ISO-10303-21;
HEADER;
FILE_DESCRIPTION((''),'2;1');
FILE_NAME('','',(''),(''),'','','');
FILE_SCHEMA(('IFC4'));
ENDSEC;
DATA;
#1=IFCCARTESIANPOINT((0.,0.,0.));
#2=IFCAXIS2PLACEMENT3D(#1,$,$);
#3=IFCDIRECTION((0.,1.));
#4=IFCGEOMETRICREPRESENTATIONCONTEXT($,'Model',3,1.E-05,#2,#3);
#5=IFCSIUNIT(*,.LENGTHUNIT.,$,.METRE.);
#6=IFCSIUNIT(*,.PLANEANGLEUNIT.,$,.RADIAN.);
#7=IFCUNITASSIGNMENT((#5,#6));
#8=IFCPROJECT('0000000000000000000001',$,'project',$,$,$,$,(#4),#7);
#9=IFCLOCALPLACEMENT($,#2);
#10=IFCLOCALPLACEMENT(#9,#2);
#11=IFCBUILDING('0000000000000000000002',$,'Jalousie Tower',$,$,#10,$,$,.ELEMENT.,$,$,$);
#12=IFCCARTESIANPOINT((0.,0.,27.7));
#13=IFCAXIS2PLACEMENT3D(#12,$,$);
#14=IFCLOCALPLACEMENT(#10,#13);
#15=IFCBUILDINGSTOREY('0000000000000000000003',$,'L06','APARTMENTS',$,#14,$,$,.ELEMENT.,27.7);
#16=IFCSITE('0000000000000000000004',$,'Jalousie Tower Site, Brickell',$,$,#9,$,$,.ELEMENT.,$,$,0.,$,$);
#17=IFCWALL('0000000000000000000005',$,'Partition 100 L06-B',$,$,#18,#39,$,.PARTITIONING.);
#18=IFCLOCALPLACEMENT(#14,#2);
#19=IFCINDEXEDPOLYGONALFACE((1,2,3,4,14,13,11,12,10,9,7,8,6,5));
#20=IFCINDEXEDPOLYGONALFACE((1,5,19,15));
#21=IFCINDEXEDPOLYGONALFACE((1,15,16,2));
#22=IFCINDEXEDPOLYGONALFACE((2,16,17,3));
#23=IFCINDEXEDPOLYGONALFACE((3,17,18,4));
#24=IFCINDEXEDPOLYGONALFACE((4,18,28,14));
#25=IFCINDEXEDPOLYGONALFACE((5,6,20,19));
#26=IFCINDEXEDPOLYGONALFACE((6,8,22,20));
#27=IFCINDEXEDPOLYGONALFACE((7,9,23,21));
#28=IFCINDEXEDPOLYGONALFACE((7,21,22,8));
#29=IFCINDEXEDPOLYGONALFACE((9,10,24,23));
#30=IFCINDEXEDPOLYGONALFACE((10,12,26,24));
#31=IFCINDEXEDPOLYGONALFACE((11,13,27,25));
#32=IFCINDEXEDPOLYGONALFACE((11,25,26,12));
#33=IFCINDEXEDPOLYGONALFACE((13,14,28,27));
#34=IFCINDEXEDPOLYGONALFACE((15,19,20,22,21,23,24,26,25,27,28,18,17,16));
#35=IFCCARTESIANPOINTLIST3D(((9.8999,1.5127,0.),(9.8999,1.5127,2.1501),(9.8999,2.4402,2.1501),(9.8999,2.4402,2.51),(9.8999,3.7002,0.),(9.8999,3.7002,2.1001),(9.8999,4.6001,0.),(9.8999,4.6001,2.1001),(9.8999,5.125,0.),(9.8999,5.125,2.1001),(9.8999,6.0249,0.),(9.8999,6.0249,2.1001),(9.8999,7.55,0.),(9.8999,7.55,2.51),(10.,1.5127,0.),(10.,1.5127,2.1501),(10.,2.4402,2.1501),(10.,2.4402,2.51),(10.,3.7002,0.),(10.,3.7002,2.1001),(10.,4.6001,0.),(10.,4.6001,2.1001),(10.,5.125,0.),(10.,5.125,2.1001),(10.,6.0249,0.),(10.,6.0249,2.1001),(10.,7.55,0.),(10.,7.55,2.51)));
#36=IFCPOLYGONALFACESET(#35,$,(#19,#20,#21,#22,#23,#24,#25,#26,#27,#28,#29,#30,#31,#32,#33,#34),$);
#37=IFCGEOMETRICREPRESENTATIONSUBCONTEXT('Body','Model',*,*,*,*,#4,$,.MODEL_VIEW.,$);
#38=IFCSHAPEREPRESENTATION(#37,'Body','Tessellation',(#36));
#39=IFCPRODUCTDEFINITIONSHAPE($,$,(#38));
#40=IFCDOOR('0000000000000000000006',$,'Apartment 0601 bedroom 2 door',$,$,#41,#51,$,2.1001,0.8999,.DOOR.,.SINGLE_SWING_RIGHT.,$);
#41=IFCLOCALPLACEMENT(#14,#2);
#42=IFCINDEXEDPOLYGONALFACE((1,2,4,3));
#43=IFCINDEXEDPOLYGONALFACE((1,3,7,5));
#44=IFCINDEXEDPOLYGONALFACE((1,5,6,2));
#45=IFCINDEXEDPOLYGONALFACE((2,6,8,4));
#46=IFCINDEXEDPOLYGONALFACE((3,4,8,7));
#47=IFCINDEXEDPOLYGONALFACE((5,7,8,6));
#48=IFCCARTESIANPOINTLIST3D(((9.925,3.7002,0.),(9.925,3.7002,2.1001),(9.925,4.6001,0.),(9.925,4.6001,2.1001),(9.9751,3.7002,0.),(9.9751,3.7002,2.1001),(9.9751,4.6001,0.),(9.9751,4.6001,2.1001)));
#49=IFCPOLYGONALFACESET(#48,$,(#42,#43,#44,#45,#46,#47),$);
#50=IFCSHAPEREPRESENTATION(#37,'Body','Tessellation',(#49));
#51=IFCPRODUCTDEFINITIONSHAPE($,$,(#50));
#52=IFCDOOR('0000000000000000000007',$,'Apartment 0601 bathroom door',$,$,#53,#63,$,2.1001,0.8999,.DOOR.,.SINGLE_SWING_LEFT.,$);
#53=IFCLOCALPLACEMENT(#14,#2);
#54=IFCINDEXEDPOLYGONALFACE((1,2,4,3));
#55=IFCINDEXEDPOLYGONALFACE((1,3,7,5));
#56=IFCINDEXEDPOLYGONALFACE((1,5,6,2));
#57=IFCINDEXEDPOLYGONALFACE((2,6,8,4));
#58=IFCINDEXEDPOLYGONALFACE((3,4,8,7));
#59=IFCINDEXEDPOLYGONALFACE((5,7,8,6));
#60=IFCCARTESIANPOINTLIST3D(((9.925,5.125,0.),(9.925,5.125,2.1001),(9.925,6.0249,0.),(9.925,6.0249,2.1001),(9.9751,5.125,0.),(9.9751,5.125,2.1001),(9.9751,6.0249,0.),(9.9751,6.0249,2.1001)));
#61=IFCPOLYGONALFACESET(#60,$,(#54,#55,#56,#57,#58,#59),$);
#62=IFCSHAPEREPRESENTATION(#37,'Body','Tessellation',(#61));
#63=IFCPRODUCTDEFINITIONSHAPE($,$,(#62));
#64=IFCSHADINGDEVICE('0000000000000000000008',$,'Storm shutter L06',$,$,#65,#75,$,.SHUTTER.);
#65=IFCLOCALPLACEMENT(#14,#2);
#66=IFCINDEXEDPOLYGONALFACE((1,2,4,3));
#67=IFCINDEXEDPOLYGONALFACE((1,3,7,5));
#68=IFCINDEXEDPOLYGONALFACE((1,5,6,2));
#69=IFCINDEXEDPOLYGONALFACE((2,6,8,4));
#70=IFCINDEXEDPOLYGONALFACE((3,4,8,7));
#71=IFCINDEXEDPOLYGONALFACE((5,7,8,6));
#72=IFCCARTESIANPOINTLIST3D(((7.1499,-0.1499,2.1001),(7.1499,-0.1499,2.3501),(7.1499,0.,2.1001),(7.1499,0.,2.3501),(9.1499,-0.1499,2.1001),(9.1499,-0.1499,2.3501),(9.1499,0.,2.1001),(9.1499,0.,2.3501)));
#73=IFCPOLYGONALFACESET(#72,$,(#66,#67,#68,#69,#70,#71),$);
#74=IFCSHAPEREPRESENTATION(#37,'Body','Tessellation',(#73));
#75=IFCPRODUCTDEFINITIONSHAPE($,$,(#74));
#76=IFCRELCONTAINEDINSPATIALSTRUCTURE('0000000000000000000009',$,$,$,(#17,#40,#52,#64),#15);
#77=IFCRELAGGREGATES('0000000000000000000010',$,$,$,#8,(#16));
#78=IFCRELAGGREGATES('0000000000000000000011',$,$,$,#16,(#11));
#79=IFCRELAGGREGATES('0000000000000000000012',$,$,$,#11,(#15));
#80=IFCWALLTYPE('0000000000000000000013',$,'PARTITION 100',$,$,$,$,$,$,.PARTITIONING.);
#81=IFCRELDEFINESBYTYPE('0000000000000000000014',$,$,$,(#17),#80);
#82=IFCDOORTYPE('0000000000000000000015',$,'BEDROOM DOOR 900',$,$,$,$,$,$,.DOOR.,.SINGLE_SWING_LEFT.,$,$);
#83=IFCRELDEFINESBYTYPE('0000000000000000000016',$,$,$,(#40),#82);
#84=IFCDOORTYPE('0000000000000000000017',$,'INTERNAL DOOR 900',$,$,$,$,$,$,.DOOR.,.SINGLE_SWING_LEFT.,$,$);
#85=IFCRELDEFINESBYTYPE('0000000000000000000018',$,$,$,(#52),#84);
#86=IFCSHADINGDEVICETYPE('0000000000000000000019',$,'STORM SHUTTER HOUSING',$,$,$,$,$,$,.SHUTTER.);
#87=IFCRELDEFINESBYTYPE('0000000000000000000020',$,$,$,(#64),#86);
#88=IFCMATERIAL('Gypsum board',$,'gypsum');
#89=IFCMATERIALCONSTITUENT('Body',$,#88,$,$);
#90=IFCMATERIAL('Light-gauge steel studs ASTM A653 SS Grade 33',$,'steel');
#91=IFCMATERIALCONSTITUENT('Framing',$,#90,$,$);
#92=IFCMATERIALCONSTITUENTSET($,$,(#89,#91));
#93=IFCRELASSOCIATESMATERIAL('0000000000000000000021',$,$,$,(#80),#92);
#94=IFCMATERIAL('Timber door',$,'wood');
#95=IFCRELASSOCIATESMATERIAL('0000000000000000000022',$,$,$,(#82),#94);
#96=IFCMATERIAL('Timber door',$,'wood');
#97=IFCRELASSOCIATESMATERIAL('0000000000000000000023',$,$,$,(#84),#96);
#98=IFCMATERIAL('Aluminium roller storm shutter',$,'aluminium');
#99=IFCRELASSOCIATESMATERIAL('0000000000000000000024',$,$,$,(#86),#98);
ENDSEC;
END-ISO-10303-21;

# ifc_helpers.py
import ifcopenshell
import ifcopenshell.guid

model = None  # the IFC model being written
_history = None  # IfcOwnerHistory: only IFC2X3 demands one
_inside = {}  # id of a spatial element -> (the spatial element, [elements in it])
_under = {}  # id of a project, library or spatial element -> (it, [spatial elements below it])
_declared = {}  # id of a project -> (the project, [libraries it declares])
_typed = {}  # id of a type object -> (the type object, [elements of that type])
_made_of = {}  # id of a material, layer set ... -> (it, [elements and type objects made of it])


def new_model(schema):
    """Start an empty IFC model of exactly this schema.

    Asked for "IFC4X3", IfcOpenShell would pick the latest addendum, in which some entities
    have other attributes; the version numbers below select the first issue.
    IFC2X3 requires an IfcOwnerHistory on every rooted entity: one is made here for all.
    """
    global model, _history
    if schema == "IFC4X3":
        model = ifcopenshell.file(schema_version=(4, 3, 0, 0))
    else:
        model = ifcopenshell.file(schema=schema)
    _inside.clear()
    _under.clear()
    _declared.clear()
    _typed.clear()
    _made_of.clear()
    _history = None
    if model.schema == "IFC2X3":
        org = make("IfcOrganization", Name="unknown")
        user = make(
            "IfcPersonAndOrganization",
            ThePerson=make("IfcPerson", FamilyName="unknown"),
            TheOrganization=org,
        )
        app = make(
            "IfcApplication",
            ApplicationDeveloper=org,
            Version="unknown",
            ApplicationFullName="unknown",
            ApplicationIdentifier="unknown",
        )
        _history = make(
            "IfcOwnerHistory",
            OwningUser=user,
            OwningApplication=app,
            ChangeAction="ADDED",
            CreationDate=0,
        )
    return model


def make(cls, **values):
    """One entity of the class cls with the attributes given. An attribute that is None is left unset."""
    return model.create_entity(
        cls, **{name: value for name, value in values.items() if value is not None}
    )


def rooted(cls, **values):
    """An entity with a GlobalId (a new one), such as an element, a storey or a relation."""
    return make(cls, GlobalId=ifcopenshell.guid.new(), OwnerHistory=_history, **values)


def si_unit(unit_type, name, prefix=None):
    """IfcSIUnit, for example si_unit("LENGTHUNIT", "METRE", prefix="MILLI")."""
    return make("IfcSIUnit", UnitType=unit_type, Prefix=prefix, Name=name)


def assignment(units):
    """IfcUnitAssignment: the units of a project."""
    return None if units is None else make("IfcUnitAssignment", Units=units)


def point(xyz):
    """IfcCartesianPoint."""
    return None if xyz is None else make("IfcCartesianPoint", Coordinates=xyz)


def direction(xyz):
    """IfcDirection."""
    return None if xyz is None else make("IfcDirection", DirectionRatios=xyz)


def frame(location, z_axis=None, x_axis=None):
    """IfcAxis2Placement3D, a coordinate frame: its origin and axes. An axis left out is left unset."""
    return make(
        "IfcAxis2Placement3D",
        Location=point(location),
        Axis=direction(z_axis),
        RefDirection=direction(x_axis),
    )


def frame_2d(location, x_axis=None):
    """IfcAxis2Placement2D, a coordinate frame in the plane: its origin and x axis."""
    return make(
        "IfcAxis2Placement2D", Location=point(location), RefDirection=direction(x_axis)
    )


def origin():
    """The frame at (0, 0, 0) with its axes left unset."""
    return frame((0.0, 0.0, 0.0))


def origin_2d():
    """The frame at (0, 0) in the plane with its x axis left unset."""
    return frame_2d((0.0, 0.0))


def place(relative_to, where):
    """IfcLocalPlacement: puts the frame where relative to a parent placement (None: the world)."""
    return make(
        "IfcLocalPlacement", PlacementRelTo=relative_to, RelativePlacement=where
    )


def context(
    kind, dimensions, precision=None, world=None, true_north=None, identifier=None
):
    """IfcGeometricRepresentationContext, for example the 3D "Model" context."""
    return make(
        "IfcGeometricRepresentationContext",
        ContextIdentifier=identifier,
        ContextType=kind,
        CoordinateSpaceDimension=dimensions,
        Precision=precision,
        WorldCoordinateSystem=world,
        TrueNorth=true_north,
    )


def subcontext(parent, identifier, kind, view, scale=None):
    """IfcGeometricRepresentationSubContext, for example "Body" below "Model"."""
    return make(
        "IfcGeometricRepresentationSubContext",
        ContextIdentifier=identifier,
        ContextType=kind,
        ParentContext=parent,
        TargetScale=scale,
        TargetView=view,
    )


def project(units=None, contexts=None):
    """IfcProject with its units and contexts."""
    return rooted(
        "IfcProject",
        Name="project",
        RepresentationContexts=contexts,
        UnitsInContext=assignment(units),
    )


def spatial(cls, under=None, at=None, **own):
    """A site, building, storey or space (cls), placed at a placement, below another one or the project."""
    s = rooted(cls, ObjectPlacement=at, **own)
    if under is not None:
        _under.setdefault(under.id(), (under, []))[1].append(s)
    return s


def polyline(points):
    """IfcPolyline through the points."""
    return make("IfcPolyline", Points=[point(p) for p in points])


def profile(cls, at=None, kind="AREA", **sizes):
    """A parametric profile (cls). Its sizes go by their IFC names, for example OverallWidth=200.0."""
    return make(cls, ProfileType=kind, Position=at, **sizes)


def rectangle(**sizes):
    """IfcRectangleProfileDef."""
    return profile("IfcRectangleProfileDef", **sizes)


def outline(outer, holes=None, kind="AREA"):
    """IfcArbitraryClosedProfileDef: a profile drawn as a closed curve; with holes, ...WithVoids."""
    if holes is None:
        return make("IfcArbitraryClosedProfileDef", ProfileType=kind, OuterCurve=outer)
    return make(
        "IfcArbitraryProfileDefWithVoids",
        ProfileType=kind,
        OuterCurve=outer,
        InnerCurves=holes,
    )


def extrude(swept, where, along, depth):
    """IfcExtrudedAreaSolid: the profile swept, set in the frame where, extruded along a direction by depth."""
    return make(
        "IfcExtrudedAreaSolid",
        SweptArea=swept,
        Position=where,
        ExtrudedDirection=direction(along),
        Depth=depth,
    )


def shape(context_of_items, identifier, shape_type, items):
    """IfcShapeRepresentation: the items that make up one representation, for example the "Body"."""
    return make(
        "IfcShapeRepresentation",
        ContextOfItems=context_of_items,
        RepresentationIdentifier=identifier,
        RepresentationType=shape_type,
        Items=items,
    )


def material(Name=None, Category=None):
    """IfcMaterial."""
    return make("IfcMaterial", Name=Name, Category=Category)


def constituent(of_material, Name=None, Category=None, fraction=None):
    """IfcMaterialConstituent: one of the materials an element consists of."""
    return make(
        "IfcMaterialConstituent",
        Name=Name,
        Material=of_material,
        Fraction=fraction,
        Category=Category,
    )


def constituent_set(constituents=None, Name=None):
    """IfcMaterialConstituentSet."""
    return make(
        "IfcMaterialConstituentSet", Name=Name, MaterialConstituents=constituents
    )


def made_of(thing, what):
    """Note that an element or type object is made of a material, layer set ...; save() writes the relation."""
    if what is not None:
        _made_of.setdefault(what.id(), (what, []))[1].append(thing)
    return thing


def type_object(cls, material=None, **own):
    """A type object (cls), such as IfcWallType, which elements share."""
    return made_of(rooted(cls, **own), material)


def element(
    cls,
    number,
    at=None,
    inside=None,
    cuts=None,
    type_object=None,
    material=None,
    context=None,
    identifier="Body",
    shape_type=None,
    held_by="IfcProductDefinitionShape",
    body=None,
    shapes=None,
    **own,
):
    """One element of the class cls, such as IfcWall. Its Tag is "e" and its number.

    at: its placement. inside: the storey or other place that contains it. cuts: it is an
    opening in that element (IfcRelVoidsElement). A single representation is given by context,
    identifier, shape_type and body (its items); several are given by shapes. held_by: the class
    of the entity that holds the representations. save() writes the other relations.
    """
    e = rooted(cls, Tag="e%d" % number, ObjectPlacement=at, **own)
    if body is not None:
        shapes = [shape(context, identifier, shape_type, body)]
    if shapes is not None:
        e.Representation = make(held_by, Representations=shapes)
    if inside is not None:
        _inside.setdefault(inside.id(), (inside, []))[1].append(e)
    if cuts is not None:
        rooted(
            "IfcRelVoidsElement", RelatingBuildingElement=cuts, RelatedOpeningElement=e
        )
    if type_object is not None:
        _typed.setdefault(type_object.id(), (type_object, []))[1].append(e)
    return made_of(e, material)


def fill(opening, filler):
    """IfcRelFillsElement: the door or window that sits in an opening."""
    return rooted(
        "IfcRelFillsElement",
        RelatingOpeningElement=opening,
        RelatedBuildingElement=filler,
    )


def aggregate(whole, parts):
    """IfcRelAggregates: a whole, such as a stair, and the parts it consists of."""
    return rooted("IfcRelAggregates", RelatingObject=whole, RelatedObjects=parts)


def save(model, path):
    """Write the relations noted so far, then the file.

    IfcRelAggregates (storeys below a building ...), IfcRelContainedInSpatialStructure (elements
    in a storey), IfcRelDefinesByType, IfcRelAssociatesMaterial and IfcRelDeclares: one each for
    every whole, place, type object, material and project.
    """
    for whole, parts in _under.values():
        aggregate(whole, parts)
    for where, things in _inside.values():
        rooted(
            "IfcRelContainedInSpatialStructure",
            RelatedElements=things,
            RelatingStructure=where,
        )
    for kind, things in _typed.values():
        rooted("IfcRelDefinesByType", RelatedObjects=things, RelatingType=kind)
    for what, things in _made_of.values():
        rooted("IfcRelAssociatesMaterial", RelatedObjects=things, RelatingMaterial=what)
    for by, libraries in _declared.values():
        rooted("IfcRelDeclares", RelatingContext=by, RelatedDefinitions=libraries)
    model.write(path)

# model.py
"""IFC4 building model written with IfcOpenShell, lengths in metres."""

from ifc_helpers import new_model, si_unit, direction, frame, frame_2d, origin, origin_2d, place, context, subcontext, project, spatial, polyline, rectangle, outline, extrude, material, constituent, constituent_set, type_object, element, fill, save


model = new_model("IFC4")

# Units and contexts
model_context = context("Model", 3, precision=1e-05, world=origin(), true_north=direction((0.0, 1.0)))
body_context = subcontext(model_context, "Body", "Model", "MODEL_VIEW")
ifc_project = project(units=[si_unit("LENGTHUNIT", "METRE"), si_unit("PLANEANGLEUNIT", "RADIAN")], contexts=[model_context])

# Site, building, storey
site_placement = place(None, origin())
site = spatial("IfcSite", under=ifc_project, at=site_placement, Name="Jalousie Tower Site, Brickell", CompositionType="ELEMENT", RefElevation=0.0)
building_placement = place(site_placement, origin())
building = spatial("IfcBuilding", under=site, at=building_placement, Name="Jalousie Tower", CompositionType="ELEMENT")
storey_placement = place(building_placement, frame((0.0, 0.0, 27.7)))
storey = spatial("IfcBuildingStorey", under=building, at=storey_placement, Name="L06", Description="APARTMENTS", CompositionType="ELEMENT", Elevation=27.7)

# Shared definitions
ifc_material_1 = material(Name="Gypsum board", Category="gypsum")
ifc_constituent_1 = constituent(ifc_material_1, Name="Body")
ifc_material_2 = material(Name="Light-gauge steel studs ASTM A653 SS Grade 33", Category="steel")
ifc_constituent_2 = constituent(ifc_material_2, Name="Framing")
ifc_constituent_set_1 = constituent_set(constituents=[ifc_constituent_1, ifc_constituent_2])
wall_type_1 = type_object("IfcWallType", Name="PARTITION 100", PredefinedType="PARTITIONING", material=ifc_constituent_set_1)
ifc_material_3 = material(Name="Timber door", Category="wood")
door_type_1 = type_object("IfcDoorType", Name="BEDROOM DOOR 900", OperationType="SINGLE_SWING_LEFT", PredefinedType="DOOR", material=ifc_material_3)

# Wall, openings, doors
wall_1_placement = place(storey_placement, frame((9.95, 1.5127, 0.0), z_axis=(0.0, 0.0, 1.0), x_axis=(0.0, 1.0, 0.0)))
wall_1 = element("IfcWall", 1, at=wall_1_placement, inside=storey, type_object=wall_type_1, Name="Partition 100 L06-B", PredefinedType="PARTITIONING", context=body_context, shape_type="SweptSolid", body=[
    extrude(outline(polyline([(0.0, 0.0), (6.0374, 0.0), (6.0374, 2.51), (0.9275, 2.51), (0.9275, 2.1501), (0.0, 2.1501), (0.0, 0.0)])), frame((0.0, 0.05, 0.0), z_axis=(0.0, -1.0, 0.0), x_axis=(1.0, 0.0, 0.0)), (0.0, 0.0, 1.0), 0.1001),
])
opening_1_placement = place(wall_1_placement, frame((2.1875, 0.0, 0.0)))
opening_1 = element("IfcOpeningElement", 2, at=opening_1_placement, cuts=wall_1, PredefinedType="OPENING", context=body_context, shape_type="SweptSolid", body=[
    extrude(rectangle(XDim=0.8999, YDim=2.1001, at=frame_2d((0.45, 1.05))), frame((0.0, 0.0601, 0.0), z_axis=(0.0, -1.0, 0.0), x_axis=(1.0, 0.0, 0.0)), (0.0, 0.0, 1.0), 0.1201),
])
opening_2_placement = place(wall_1_placement, frame((3.6123, 0.0, 0.0)))
opening_2 = element("IfcOpeningElement", 3, at=opening_2_placement, cuts=wall_1, PredefinedType="OPENING", context=body_context, shape_type="SweptSolid", body=[
    extrude(rectangle(XDim=0.8999, YDim=2.1001, at=frame_2d((0.45, 1.05))), frame((0.0, 0.0601, 0.0), z_axis=(0.0, -1.0, 0.0), x_axis=(1.0, 0.0, 0.0)), (0.0, 0.0, 1.0), 0.1201),
])
door_1_placement = place(opening_1_placement, origin())
door_1 = element("IfcDoor", 4, at=door_1_placement, inside=storey, type_object=door_type_1, Name="Apartment 0601 bedroom 2 door", OperationType="SINGLE_SWING_RIGHT", OverallHeight=2.1001, OverallWidth=0.8999, PredefinedType="DOOR", context=body_context, shape_type="SweptSolid", body=[
    extrude(rectangle(XDim=0.8999, YDim=2.1001, at=frame_2d((0.45, 1.05))), frame((0.0, 0.0249, 0.0), z_axis=(0.0, -1.0, 0.0), x_axis=(1.0, 0.0, 0.0)), (0.0, 0.0, 1.0), 0.05),
])
fill(opening_1, door_1)
ifc_material_4 = material(Name="Timber door", Category="wood")
door_type_2 = type_object("IfcDoorType", Name="INTERNAL DOOR 900", OperationType="SINGLE_SWING_LEFT", PredefinedType="DOOR", material=ifc_material_4)
door_2_placement = place(opening_2_placement, origin())
door_2 = element("IfcDoor", 5, at=door_2_placement, inside=storey, type_object=door_type_2, Name="Apartment 0601 bathroom door", OperationType="SINGLE_SWING_LEFT", OverallHeight=2.1001, OverallWidth=0.8999, PredefinedType="DOOR", context=body_context, shape_type="SweptSolid", body=[
    extrude(rectangle(XDim=0.8999, YDim=2.1001, at=frame_2d((0.45, 1.05))), frame((0.0, 0.0249, 0.0), z_axis=(0.0, -1.0, 0.0), x_axis=(1.0, 0.0, 0.0)), (0.0, 0.0, 1.0), 0.05),
])
fill(opening_2, door_2)

# Shading device
ifc_material_5 = material(Name="Aluminium roller storm shutter", Category="aluminium")
shading_device_type = type_object("IfcShadingDeviceType", Name="STORM SHUTTER HOUSING", PredefinedType="SHUTTER", material=ifc_material_5)
shading_device_placement = place(storey_placement, frame((8.1499, -0.075, 2.1001), z_axis=(0.0, 0.0, 1.0), x_axis=(1.0, 0.0, 0.0)))
element("IfcShadingDevice", 6, at=shading_device_placement, inside=storey, type_object=shading_device_type, Name="Storm shutter L06", PredefinedType="SHUTTER", context=body_context, shape_type="SweptSolid", body=[
    extrude(rectangle(XDim=2.0, YDim=0.1499, at=origin_2d()), origin(), (0.0, 0.0, 1.0), 0.25),
])

save(model, "model.ifc")
